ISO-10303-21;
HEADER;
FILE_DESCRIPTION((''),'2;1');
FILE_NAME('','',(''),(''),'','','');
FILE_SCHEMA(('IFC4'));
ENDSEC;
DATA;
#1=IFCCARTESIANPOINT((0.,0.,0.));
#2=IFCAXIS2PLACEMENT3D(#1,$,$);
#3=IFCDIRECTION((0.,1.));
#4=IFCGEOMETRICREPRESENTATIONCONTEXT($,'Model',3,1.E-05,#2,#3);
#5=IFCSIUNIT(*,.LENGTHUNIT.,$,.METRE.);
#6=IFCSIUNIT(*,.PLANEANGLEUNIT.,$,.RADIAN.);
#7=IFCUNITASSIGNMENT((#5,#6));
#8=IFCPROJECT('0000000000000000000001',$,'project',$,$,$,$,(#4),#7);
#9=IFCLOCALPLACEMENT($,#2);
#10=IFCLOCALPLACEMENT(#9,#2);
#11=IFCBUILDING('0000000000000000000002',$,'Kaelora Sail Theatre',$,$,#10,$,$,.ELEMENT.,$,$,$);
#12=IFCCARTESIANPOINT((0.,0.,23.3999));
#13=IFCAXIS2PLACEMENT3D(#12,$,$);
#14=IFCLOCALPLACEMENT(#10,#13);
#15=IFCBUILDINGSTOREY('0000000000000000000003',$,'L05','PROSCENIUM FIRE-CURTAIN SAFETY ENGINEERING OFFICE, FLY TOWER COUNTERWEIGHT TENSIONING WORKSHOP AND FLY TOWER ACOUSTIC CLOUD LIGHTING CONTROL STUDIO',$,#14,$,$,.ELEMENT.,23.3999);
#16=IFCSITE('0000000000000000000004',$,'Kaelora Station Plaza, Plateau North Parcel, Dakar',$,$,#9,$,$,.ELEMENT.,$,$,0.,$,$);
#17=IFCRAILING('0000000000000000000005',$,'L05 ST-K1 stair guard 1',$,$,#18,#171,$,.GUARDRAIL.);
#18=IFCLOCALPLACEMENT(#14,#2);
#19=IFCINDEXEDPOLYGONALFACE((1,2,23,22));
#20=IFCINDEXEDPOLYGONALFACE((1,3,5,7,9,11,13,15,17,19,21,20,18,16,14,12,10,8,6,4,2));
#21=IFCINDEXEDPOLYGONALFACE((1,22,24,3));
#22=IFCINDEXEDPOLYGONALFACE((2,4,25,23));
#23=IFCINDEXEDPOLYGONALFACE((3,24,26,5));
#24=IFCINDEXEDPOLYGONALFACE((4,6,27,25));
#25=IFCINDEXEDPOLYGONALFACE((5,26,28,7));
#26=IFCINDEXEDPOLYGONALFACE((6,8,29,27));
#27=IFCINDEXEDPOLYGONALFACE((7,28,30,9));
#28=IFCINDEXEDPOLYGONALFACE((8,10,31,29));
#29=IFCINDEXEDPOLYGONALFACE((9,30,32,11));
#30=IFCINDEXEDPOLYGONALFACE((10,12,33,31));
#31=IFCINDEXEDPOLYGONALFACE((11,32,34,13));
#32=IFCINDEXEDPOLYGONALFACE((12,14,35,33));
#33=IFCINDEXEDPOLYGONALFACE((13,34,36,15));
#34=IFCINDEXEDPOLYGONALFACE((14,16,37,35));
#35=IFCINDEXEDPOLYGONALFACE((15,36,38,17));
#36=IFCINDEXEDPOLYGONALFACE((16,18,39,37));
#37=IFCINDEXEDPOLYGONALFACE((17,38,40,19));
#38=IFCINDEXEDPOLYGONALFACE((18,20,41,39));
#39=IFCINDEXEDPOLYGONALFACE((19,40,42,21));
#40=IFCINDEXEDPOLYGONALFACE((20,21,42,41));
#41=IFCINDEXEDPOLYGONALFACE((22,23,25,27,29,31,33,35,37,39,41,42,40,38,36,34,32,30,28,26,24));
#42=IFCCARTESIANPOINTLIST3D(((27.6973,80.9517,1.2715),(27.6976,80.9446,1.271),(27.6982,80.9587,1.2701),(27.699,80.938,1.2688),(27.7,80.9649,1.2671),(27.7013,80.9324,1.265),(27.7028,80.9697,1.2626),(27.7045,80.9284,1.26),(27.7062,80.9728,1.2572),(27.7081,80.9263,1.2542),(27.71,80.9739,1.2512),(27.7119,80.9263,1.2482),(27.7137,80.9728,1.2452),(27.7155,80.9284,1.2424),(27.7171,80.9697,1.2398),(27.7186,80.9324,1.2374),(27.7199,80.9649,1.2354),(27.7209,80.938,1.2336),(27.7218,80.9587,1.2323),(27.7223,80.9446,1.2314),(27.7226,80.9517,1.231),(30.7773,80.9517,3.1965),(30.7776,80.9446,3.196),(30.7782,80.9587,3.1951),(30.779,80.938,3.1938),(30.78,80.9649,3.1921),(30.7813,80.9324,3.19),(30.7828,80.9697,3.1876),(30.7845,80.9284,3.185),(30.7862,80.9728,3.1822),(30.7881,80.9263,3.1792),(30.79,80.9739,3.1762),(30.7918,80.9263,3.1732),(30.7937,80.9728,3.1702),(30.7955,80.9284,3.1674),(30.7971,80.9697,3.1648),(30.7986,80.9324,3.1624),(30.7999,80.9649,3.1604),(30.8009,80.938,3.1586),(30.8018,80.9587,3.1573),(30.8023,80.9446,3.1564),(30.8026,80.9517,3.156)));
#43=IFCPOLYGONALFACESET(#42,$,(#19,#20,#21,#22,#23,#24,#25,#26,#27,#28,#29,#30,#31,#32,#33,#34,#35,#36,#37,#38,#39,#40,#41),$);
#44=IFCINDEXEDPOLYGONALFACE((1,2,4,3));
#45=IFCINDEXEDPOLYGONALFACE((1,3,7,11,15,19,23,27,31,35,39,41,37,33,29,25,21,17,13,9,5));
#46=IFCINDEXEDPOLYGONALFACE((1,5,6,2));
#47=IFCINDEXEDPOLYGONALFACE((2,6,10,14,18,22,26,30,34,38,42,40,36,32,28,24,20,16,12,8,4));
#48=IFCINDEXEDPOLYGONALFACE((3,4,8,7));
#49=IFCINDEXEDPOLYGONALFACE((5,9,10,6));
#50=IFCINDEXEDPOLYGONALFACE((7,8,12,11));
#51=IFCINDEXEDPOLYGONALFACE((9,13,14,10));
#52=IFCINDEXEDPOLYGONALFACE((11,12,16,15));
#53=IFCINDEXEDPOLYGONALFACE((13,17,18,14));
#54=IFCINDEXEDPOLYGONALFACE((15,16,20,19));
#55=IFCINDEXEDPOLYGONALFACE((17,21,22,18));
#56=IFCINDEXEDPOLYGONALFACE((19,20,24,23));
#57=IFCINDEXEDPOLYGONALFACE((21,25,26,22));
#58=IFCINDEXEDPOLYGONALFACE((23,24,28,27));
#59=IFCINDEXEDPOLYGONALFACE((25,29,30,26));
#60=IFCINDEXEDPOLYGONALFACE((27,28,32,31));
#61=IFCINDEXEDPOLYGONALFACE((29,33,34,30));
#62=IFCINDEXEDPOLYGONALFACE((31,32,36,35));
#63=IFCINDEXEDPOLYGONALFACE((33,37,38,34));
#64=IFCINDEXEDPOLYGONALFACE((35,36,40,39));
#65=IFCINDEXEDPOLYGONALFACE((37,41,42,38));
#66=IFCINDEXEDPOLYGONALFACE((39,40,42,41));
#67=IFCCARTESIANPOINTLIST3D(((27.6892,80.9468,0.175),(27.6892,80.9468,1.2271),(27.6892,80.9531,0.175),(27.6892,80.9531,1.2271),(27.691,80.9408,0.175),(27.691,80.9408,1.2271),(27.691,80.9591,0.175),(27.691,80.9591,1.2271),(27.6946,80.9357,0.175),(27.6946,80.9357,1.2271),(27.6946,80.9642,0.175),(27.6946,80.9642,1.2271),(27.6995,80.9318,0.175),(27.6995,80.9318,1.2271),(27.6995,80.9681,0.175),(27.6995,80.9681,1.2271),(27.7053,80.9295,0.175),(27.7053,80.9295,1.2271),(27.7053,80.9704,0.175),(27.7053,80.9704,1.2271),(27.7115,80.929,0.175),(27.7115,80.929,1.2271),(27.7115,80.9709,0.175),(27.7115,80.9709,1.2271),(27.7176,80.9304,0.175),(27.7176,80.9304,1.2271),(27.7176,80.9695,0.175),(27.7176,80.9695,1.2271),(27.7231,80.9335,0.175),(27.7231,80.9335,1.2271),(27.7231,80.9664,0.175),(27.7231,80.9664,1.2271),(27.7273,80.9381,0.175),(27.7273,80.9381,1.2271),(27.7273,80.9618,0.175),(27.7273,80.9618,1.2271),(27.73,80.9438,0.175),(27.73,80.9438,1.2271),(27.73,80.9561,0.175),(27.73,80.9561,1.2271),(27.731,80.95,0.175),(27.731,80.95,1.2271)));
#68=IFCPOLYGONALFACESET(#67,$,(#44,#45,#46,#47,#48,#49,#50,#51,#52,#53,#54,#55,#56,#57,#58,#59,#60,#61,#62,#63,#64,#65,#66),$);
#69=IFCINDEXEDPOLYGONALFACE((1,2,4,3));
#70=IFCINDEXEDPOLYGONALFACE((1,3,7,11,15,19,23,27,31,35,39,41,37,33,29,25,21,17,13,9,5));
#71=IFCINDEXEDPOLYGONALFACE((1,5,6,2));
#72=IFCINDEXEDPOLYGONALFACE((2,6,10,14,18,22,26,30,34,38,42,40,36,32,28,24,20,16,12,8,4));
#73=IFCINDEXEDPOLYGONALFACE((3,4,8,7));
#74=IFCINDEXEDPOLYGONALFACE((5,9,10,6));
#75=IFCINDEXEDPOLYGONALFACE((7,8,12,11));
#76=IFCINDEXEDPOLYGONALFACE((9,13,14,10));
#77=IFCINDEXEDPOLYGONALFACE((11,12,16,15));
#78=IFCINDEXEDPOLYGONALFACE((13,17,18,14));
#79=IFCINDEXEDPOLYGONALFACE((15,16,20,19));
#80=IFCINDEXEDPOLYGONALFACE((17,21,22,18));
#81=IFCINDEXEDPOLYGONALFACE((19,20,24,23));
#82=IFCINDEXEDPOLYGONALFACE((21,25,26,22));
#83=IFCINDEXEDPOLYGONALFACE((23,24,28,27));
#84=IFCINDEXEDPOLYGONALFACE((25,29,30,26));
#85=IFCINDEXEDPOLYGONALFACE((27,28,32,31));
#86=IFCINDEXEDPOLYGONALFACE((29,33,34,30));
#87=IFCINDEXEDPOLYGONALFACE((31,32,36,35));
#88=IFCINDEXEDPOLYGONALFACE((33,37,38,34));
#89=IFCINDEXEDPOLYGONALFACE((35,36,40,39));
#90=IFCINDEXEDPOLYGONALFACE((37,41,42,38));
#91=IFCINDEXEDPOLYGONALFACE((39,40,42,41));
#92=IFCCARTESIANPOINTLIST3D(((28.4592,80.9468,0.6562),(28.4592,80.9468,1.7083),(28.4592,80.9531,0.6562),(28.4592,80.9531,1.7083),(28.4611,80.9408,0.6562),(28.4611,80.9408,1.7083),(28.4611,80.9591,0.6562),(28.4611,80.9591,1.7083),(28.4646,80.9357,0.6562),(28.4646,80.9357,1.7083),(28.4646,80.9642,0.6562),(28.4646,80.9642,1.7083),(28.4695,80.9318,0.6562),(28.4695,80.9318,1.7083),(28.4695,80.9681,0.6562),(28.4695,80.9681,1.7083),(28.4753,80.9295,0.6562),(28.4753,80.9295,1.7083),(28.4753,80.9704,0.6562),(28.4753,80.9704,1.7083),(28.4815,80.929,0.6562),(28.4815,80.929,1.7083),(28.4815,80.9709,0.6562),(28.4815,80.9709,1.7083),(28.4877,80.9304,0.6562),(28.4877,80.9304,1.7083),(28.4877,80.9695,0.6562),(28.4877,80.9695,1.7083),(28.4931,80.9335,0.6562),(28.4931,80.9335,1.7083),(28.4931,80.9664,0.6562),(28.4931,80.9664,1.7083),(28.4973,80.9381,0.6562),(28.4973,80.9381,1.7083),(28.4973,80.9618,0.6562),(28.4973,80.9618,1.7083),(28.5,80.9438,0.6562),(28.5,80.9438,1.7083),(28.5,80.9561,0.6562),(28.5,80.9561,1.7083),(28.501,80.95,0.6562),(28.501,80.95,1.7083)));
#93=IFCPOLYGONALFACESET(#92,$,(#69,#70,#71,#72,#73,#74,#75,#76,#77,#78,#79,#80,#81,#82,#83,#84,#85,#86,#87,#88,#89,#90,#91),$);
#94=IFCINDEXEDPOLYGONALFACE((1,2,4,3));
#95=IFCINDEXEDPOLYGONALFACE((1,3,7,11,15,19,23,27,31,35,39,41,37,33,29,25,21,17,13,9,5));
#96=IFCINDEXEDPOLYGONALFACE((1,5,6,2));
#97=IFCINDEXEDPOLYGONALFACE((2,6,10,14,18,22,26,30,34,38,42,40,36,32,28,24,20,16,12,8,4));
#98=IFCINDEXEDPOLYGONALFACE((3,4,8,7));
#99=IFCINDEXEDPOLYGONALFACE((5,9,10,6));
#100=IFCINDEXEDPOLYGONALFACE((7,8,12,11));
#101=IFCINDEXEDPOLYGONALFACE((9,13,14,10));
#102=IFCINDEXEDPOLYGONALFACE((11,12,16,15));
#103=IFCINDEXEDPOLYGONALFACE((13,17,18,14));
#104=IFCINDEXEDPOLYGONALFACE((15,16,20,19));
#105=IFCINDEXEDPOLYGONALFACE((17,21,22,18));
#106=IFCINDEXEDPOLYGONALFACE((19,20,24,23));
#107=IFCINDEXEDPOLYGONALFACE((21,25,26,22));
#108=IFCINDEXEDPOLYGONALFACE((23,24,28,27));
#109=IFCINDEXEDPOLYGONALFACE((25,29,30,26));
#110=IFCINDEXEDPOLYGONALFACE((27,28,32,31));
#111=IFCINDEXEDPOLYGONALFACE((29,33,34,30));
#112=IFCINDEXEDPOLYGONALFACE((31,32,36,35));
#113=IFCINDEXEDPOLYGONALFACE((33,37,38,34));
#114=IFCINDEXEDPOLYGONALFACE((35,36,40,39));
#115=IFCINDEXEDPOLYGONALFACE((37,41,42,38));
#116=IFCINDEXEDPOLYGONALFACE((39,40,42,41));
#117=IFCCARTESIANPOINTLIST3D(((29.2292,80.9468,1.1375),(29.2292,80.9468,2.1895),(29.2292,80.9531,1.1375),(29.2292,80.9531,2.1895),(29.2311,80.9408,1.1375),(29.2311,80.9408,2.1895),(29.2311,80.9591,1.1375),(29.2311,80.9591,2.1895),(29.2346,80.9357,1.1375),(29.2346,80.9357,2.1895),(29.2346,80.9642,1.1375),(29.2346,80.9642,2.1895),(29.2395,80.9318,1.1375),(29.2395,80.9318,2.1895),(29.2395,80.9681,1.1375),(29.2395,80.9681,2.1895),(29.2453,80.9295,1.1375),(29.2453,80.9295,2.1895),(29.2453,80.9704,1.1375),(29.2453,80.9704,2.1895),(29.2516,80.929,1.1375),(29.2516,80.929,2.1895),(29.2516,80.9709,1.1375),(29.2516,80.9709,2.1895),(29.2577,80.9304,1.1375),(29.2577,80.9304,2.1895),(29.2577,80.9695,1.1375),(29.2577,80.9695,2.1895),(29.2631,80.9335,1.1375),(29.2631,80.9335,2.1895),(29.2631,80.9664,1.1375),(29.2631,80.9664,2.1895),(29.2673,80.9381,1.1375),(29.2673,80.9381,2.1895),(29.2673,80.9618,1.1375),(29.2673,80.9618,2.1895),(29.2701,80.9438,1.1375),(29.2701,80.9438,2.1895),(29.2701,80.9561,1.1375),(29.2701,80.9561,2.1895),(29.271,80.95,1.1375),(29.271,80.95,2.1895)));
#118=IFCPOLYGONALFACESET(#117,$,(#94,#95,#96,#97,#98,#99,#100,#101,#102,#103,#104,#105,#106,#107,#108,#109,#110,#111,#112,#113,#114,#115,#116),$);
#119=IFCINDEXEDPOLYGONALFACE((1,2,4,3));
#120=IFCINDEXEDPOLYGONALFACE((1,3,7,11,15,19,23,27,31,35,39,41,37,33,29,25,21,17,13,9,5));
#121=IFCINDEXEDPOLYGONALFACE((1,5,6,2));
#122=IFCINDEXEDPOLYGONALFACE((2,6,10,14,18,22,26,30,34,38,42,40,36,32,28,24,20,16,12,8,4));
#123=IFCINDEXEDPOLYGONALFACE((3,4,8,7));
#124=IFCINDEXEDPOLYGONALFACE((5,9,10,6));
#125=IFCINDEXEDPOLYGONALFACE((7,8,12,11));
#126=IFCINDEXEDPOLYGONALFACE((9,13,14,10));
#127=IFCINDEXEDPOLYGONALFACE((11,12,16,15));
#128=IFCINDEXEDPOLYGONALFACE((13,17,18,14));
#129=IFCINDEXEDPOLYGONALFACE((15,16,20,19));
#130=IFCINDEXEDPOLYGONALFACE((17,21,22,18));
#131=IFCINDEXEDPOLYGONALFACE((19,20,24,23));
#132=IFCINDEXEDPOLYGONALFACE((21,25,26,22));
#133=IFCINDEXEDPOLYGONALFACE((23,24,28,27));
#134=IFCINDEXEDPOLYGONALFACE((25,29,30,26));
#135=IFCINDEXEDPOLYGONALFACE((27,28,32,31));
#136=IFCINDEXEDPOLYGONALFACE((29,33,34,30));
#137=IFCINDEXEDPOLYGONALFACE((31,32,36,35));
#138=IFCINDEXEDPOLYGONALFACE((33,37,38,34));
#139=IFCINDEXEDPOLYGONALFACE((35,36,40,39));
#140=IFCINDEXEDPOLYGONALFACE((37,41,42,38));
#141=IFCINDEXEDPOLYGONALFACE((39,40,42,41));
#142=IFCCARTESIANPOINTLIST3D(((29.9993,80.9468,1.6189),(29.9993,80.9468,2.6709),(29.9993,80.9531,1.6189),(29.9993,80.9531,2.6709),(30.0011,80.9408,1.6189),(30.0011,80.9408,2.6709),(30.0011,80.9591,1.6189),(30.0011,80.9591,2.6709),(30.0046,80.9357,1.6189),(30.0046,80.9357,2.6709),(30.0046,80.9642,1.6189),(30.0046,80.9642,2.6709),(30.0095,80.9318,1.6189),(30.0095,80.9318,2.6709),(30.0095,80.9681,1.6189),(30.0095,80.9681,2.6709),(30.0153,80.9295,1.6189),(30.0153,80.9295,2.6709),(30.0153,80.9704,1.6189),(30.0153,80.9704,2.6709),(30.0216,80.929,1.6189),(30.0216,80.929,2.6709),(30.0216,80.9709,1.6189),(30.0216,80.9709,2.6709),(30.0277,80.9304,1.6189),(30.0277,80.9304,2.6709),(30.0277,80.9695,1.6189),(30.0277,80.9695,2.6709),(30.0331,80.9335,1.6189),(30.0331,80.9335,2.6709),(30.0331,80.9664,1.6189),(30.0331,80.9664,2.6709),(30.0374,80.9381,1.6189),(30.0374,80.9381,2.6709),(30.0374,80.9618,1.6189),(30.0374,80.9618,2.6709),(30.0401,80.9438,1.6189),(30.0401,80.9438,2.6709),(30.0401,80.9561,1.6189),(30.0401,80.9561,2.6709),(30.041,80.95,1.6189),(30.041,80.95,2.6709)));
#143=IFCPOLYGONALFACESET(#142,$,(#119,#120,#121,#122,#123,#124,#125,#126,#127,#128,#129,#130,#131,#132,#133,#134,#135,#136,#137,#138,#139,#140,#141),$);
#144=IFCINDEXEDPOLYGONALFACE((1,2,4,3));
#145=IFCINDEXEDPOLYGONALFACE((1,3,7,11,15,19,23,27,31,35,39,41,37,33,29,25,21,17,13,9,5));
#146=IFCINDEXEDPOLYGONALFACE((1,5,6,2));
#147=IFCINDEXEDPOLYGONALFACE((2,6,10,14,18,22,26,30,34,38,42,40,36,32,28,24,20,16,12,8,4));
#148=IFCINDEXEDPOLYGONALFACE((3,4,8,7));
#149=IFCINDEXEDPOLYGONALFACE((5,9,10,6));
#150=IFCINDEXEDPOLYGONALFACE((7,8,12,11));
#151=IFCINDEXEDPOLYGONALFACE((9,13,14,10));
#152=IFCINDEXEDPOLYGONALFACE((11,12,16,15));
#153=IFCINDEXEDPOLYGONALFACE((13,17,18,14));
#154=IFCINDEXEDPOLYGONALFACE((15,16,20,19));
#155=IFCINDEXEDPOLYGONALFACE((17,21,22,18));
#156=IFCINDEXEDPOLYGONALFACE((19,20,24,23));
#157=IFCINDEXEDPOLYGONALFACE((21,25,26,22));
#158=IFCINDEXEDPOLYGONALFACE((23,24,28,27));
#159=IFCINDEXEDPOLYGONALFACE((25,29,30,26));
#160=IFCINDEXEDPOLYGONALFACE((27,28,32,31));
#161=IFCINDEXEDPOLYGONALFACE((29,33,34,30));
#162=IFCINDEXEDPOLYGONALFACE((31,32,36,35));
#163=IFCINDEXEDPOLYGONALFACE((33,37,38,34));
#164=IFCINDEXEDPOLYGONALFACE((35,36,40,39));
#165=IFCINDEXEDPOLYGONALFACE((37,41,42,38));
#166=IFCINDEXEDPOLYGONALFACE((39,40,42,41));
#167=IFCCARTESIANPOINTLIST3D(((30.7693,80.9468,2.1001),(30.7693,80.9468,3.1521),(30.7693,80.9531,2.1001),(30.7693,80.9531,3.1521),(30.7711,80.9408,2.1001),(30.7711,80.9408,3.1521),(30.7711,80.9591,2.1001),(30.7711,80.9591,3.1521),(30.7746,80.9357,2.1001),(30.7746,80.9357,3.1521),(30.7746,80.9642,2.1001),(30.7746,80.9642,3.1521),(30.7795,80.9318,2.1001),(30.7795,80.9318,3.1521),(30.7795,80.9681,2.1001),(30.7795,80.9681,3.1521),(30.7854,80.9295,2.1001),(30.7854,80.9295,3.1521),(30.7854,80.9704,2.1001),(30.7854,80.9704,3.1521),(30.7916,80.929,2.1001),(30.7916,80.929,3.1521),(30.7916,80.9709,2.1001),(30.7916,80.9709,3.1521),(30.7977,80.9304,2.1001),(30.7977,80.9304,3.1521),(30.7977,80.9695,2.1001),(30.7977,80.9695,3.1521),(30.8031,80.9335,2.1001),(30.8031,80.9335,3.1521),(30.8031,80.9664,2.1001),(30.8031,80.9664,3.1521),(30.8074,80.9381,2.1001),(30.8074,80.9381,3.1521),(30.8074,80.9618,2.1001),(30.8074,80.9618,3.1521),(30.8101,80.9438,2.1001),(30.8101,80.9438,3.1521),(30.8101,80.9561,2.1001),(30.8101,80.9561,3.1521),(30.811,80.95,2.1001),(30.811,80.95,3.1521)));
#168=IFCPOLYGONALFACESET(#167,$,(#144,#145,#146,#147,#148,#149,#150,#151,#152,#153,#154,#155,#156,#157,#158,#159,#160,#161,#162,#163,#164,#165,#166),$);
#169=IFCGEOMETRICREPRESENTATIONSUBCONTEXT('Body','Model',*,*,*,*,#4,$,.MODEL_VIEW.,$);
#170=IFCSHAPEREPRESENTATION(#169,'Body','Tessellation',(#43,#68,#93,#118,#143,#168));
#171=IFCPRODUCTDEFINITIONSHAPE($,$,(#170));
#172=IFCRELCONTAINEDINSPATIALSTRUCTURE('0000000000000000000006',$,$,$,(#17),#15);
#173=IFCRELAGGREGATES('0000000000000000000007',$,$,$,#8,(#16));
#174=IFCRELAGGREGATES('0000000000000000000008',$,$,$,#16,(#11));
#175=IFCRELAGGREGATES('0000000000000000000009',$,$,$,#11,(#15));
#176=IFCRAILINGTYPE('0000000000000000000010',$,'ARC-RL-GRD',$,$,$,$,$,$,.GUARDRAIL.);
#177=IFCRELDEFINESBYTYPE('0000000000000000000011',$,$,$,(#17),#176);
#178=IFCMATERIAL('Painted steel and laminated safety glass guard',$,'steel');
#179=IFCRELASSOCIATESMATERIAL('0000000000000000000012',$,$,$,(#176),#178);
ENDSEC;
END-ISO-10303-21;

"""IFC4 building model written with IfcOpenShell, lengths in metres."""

from ifc_helpers import new_model, si_unit, direction, frame, origin, origin_2d, place, context, subcontext, project, spatial, circle, extrude, material, type_object, element, save


model = new_model("IFC4")

# Units and contexts
model_context = context("Model", 3, precision=1e-05, world=origin(), true_north=direction((0.0, 1.0)))
body_context = subcontext(model_context, "Body", "Model", "MODEL_VIEW")
ifc_project = project(units=[si_unit("LENGTHUNIT", "METRE"), si_unit("PLANEANGLEUNIT", "RADIAN")], contexts=[model_context])

# Site, building, storey
site_placement = place(None, origin())
site = spatial("IfcSite", under=ifc_project, at=site_placement, Name="Kaelora Station Plaza, Plateau North Parcel, Dakar", CompositionType="ELEMENT", RefElevation=0.0)
building_placement = place(site_placement, origin())
building = spatial("IfcBuilding", under=site, at=building_placement, Name="Kaelora Sail Theatre", CompositionType="ELEMENT")
storey_placement = place(building_placement, frame((0.0, 0.0, 23.3999)))
storey = spatial("IfcBuildingStorey", under=building, at=storey_placement, Name="L05", Description="PROSCENIUM FIRE-CURTAIN SAFETY ENGINEERING OFFICE, FLY TOWER COUNTERWEIGHT TENSIONING WORKSHOP AND FLY TOWER ACOUSTIC CLOUD LIGHTING CONTROL STUDIO", CompositionType="ELEMENT", Elevation=23.3999)

# Railing
ifc_material_1 = material(Name="Painted steel and laminated safety glass guard", Category="steel")
railing_type_1 = type_object("IfcRailingType", Name="ARC-RL-GRD", PredefinedType="GUARDRAIL", material=ifc_material_1)
railing_1_placement = place(storey_placement, frame((27.71, 80.95, 0.175)))
element("IfcRailing", 1, at=railing_1_placement, inside=storey, type_object=railing_type_1, Name="L05 ST-K1 stair guard 1", PredefinedType="GUARDRAIL", context=body_context, shape_type="SweptSolid", body=[
    extrude(circle(Radius=0.0239, at=origin_2d()), frame((0.0, 0.0, 1.0762), z_axis=(0.847998, 0.0, 0.529999), x_axis=(0.0, 1.0, 0.0)), (0.0, 0.0, 1.0), 3.6321),
    extrude(circle(Radius=0.021, at=origin_2d()), origin(), (0.0, 0.0, 1.0), 1.052),
    extrude(circle(Radius=0.021, at=origin_2d()), frame((0.77, 0.0, 0.4812)), (0.0, 0.0, 1.0), 1.052),
    extrude(circle(Radius=0.021, at=origin_2d()), frame((1.54, 0.0, 0.9624)), (0.0, 0.0, 1.0), 1.052),
    extrude(circle(Radius=0.021, at=origin_2d()), frame((2.3101, 0.0, 1.4438)), (0.0, 0.0, 1.0), 1.052),
    extrude(circle(Radius=0.021, at=origin_2d()), frame((3.0801, 0.0, 1.925)), (0.0, 0.0, 1.0), 1.052),
])

save(model, "model.ifc")
